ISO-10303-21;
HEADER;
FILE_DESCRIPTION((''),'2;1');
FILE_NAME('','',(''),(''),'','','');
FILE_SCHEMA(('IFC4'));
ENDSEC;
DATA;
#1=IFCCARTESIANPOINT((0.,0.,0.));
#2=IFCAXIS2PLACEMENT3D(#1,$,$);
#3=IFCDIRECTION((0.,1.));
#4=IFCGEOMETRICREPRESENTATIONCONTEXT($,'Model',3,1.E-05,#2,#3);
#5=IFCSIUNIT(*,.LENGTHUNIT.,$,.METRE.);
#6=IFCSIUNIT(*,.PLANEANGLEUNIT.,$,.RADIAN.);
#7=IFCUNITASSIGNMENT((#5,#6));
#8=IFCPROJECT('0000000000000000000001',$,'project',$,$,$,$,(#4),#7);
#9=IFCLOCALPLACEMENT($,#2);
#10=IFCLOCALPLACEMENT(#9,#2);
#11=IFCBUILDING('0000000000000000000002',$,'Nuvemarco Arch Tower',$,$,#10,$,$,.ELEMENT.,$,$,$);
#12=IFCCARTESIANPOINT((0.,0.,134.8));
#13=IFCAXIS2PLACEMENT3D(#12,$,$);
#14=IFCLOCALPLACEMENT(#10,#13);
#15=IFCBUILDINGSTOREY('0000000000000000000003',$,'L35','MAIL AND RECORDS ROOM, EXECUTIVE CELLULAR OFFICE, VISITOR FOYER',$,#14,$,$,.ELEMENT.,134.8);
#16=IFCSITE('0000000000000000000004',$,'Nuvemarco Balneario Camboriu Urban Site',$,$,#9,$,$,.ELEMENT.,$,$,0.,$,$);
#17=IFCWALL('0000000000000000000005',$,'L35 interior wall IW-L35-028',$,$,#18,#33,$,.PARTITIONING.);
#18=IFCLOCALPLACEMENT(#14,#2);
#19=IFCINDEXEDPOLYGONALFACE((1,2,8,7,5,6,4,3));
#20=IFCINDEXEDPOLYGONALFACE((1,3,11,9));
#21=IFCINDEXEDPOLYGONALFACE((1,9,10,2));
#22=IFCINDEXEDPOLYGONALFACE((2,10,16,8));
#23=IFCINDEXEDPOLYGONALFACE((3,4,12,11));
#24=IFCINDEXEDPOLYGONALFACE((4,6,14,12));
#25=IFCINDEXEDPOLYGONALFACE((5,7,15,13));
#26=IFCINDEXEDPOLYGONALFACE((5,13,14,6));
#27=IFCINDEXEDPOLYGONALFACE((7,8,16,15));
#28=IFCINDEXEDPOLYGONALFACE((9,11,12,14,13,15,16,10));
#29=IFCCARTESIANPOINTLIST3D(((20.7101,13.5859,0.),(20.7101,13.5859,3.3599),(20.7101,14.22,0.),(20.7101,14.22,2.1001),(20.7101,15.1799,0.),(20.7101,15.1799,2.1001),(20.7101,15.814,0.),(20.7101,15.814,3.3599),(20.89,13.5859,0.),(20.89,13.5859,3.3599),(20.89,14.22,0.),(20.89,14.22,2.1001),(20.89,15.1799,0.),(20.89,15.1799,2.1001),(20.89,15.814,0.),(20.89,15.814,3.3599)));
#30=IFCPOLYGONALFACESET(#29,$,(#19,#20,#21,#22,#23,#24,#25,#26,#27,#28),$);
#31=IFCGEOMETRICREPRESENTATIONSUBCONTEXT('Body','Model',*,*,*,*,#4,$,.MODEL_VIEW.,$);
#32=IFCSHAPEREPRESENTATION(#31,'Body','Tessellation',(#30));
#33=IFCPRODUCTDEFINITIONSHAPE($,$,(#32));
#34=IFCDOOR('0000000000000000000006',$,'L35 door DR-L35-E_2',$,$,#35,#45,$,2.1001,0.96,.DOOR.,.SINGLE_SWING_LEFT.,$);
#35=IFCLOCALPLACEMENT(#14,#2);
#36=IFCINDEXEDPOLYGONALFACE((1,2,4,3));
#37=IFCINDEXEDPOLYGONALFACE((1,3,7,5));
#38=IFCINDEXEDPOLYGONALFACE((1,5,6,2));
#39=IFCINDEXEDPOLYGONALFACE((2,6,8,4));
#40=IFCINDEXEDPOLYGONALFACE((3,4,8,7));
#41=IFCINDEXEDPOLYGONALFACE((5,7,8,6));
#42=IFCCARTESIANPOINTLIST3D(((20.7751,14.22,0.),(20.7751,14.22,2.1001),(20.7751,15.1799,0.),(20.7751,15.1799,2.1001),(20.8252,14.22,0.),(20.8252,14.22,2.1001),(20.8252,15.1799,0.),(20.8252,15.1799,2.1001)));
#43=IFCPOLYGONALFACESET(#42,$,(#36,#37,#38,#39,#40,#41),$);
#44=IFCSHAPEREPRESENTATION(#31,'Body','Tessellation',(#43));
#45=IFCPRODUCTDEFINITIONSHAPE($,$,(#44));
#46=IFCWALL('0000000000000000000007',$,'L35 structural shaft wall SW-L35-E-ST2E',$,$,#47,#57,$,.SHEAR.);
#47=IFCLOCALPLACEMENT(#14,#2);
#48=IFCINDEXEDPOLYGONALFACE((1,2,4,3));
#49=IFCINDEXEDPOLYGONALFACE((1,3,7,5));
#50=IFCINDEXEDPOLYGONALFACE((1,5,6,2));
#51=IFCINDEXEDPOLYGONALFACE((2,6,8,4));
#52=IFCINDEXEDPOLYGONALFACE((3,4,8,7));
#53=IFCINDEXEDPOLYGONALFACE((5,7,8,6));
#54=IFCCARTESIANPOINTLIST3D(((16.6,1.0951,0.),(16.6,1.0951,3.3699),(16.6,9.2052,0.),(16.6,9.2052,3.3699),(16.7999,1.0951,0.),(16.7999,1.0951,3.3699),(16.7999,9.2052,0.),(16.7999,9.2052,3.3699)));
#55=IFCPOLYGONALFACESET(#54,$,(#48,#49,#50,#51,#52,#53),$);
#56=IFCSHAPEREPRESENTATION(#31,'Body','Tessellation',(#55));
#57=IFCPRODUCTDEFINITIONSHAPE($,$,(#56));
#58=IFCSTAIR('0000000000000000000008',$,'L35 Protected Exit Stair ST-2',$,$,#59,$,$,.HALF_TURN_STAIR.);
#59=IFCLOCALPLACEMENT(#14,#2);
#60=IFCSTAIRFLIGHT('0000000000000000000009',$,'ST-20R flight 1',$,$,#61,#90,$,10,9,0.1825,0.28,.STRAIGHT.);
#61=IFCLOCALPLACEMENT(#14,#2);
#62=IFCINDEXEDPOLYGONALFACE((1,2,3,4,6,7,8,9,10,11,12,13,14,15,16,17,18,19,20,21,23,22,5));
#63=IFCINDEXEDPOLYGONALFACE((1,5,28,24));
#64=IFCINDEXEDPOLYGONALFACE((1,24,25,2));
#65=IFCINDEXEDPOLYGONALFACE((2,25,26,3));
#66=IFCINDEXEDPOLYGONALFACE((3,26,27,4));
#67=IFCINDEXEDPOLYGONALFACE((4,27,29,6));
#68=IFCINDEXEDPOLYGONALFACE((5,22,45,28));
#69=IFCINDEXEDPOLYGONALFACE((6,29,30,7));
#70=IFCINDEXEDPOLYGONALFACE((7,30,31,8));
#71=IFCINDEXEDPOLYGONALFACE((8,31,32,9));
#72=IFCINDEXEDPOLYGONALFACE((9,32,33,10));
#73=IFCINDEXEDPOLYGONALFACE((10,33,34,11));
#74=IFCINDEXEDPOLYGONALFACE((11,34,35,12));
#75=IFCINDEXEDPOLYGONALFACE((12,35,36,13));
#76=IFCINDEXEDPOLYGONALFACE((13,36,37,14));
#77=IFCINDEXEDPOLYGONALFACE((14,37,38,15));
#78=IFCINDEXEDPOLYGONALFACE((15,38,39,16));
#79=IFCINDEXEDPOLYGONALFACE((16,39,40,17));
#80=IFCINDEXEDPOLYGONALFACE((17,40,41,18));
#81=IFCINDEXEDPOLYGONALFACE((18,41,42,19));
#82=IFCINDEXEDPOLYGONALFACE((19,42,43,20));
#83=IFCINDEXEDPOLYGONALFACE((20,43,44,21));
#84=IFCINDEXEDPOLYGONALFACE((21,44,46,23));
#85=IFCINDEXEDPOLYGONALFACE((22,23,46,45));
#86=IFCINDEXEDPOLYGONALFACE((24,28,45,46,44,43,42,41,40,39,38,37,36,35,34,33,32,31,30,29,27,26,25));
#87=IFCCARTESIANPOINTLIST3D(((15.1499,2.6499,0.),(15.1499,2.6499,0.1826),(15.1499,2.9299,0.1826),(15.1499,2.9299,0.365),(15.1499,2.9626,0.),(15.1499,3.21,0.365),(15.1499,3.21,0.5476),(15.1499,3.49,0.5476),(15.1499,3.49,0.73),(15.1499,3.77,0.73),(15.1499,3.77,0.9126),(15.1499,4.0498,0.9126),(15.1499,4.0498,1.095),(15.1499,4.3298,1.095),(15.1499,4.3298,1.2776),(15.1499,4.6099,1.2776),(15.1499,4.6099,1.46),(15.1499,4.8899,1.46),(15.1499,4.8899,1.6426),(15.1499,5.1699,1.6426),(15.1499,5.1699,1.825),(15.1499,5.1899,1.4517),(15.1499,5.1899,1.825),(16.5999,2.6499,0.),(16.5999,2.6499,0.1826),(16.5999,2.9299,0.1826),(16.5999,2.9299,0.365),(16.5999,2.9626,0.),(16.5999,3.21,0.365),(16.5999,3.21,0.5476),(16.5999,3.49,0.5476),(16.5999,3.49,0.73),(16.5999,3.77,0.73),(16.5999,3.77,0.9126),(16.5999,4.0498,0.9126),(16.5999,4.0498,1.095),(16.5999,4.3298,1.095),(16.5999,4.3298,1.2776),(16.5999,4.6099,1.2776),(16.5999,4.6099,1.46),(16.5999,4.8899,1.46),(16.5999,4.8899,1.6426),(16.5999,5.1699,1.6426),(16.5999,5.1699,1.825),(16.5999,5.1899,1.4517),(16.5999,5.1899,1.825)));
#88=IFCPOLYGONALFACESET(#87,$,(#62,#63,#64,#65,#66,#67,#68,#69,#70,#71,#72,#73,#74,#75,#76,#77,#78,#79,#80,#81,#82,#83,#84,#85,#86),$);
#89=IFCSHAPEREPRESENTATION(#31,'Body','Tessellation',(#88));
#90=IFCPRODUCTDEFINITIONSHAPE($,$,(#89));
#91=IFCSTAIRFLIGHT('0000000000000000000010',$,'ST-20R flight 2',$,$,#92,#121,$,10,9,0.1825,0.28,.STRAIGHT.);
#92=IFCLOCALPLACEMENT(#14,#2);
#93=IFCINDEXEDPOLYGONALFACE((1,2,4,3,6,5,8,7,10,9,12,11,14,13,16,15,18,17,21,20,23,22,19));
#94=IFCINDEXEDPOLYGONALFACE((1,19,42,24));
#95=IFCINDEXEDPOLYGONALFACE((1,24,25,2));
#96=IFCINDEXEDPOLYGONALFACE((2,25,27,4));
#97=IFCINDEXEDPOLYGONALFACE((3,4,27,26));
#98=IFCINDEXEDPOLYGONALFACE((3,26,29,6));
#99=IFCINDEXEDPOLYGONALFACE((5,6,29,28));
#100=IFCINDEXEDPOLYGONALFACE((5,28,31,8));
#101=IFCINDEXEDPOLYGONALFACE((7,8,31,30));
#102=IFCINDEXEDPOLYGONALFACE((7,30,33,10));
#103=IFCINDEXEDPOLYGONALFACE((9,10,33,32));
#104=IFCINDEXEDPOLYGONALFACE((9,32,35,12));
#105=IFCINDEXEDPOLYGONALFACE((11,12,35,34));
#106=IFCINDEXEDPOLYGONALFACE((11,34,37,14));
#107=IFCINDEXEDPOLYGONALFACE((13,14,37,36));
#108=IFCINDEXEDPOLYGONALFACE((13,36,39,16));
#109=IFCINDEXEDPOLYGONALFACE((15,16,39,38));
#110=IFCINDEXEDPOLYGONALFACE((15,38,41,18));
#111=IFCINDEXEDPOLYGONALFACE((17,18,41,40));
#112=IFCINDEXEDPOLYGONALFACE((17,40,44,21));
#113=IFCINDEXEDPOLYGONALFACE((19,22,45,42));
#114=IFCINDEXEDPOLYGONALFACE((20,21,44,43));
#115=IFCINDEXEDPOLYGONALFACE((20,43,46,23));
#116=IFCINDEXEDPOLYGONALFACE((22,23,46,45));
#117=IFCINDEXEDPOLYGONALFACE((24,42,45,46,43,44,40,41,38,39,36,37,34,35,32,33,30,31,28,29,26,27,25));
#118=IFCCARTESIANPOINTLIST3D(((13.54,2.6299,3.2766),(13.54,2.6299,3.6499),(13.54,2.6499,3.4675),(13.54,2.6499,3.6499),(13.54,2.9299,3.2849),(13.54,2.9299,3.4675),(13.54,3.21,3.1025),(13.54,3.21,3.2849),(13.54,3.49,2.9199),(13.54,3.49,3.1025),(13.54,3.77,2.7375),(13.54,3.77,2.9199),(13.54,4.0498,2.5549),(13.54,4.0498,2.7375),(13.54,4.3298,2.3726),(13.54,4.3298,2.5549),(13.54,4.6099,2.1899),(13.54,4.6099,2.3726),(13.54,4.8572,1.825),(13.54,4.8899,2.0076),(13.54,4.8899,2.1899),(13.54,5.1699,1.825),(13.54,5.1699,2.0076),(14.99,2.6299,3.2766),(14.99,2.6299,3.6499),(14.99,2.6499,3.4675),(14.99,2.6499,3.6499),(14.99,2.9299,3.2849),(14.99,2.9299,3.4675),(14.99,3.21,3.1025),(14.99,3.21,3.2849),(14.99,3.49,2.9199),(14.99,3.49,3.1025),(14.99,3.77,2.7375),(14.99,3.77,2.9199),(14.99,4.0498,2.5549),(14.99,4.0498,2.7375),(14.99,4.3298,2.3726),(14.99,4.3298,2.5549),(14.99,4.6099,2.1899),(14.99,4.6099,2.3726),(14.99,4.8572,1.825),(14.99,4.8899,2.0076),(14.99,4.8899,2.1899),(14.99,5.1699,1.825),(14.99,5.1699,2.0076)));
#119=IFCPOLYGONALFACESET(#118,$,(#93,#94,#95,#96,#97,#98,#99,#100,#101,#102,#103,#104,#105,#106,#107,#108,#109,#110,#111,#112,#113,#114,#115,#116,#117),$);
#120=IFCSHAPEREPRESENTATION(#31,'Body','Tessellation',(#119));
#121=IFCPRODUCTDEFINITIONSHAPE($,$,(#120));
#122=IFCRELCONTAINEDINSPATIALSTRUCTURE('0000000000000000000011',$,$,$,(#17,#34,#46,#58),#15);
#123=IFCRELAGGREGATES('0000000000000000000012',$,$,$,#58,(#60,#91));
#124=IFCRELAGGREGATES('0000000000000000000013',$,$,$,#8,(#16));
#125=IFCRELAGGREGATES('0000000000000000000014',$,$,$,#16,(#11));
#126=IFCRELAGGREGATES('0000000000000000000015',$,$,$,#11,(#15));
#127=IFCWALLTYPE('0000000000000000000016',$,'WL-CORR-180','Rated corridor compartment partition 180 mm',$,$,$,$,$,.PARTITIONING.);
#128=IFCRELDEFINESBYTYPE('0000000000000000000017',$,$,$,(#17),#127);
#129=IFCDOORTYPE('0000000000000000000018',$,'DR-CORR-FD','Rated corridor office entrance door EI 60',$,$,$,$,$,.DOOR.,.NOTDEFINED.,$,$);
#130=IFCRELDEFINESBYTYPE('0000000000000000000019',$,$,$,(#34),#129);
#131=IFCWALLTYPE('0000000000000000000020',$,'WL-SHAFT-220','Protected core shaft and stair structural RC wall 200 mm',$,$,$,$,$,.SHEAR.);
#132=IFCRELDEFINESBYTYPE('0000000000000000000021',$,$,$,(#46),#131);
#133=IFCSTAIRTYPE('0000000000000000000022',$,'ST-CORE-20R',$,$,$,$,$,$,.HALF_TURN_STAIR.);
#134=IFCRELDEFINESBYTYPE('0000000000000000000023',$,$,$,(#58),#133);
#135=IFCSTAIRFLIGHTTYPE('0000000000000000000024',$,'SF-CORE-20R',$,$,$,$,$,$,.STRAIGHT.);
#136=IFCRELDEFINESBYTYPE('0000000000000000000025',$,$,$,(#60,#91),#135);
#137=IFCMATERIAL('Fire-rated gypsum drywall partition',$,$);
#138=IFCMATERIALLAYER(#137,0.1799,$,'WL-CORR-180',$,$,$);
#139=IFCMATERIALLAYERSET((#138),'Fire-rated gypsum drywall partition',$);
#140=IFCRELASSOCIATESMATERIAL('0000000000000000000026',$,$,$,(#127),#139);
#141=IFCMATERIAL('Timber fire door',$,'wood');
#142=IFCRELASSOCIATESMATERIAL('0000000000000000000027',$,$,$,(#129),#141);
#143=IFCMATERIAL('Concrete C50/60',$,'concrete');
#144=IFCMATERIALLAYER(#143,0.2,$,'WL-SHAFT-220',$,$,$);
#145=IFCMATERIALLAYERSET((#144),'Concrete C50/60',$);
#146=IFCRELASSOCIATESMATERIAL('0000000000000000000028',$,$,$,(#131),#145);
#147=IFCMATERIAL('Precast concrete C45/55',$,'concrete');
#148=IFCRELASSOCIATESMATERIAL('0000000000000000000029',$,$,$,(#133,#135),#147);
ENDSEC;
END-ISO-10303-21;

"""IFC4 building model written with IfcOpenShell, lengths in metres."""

from ifc_helpers import new_model, si_unit, direction, frame, frame_2d, origin, place, context, subcontext, project, spatial, polyline, rectangle, outline, extrude, source, transform, mapped, material, layer, layer_set, type_object, type_shapes, element, fill, aggregate, save


model = new_model("IFC4")

# Units and contexts
model_context = context("Model", 3, precision=1e-05, world=origin(), true_north=direction((0.0, 1.0)))
body_context = subcontext(model_context, "Body", "Model", "MODEL_VIEW")
ifc_project = project(units=[si_unit("LENGTHUNIT", "METRE"), si_unit("PLANEANGLEUNIT", "RADIAN")], contexts=[model_context])

# Site, building, storey
site_placement = place(None, origin())
site = spatial("IfcSite", under=ifc_project, at=site_placement, Name="Nuvemarco Balneario Camboriu Urban Site", CompositionType="ELEMENT", RefElevation=0.0)
building_placement = place(site_placement, origin())
building = spatial("IfcBuilding", under=site, at=building_placement, Name="Nuvemarco Arch Tower", CompositionType="ELEMENT")
storey_placement = place(building_placement, frame((0.0, 0.0, 134.8)))
storey = spatial("IfcBuildingStorey", under=building, at=storey_placement, Name="L35", Description="MAIL AND RECORDS ROOM, EXECUTIVE CELLULAR OFFICE, VISITOR FOYER", CompositionType="ELEMENT", Elevation=134.8)

# Shared definitions
ifc_material_1 = material(Name="Concrete C50/60", Category="concrete")

# Shared definitions
ifc_material_2 = material(Name="Precast concrete C45/55", Category="concrete")

# Shared definitions
ifc_material_3 = material(Name="Fire-rated gypsum drywall partition")
ifc_layer_1 = layer(ifc_material_3, 0.1799, Name="WL-CORR-180")
ifc_layer_set_1 = layer_set([ifc_layer_1], Name="Fire-rated gypsum drywall partition")
wall_type_1 = type_object("IfcWallType", Name="WL-CORR-180", Description="Rated corridor compartment partition 180 mm", PredefinedType="PARTITIONING", material=ifc_layer_set_1)

# Wall, opening, door
wall_1_placement = place(storey_placement, frame((20.8, 13.5859, 0.0), z_axis=(0.0, 0.0, 1.0), x_axis=(0.0, 1.0, 0.0)))
wall_1 = element("IfcWall", 1, at=wall_1_placement, inside=storey, type_object=wall_type_1, Name="L35 interior wall IW-L35-028", PredefinedType="PARTITIONING", context=body_context, shape_type="SweptSolid", body=[
    extrude(rectangle(XDim=2.228, YDim=0.1799, at=frame_2d((1.114, 0.0))), origin(), (0.0, 0.0, 1.0), 3.3599),
])
opening_placement = place(wall_1_placement, frame((0.634, 0.0, 0.0)))
opening = element("IfcOpeningElement", 2, at=opening_placement, cuts=wall_1, PredefinedType="OPENING", context=body_context, shape_type="SweptSolid", body=[
    extrude(rectangle(XDim=0.96, YDim=2.1001, at=frame_2d((0.48, 1.05))), frame((0.0, 0.0999, 0.0), z_axis=(0.0, -1.0, 0.0), x_axis=(1.0, 0.0, 0.0)), (0.0, 0.0, 1.0), 0.2),
])
ifc_material_4 = material(Name="Timber fire door", Category="wood")
door_type = type_object("IfcDoorType", Name="DR-CORR-FD", Description="Rated corridor office entrance door EI 60", OperationType="NOTDEFINED", PredefinedType="DOOR", material=ifc_material_4)
shared_shape_1 = source(origin(), body_context, "Body", "SweptSolid", [
    extrude(rectangle(XDim=0.96, YDim=2.1001, at=frame_2d((0.48, 1.05))), frame((0.0, 0.0249, 0.0), z_axis=(0.0, -1.0, 0.0), x_axis=(1.0, 0.0, 0.0)), (0.0, 0.0, 1.0), 0.05),
])
type_shapes(door_type, [shared_shape_1])
door_placement = place(opening_placement, origin())
door = element("IfcDoor", 3, at=door_placement, inside=storey, type_object=door_type, Name="L35 door DR-L35-E_2", OperationType="SINGLE_SWING_LEFT", OverallHeight=2.1001, OverallWidth=0.96, PredefinedType="DOOR", context=body_context, shape_type="MappedRepresentation", body=[
    mapped(shared_shape_1, transform((0.0, 0.0, 0.0), scale=1.0)),
])
fill(opening, door)

# Wall
ifc_layer_2 = layer(ifc_material_1, 0.2, Name="WL-SHAFT-220")
ifc_layer_set_2 = layer_set([ifc_layer_2], Name="Concrete C50/60")
wall_type_2 = type_object("IfcWallType", Name="WL-SHAFT-220", Description="Protected core shaft and stair structural RC wall 200 mm", PredefinedType="SHEAR", material=ifc_layer_set_2)
wall_2_placement = place(storey_placement, frame((16.7, 1.095, 0.0), z_axis=(0.0, 0.0, 1.0), x_axis=(0.0, 1.0, 0.0)))
element("IfcWall", 4, at=wall_2_placement, inside=storey, type_object=wall_type_2, Name="L35 structural shaft wall SW-L35-E-ST2E", PredefinedType="SHEAR", context=body_context, shape_type="SweptSolid", body=[
    extrude(rectangle(XDim=8.1101, YDim=0.2, at=frame_2d((4.0552, 0.0))), origin(), (0.0, 0.0, 1.0), 3.3699),
])

# Stair, stair flights
stair_type = type_object("IfcStairType", Name="ST-CORE-20R", PredefinedType="HALF_TURN_STAIR", material=ifc_material_2)
stair_placement = place(storey_placement, origin())
stair = element("IfcStair", 5, at=stair_placement, inside=storey, type_object=stair_type, Name="L35 Protected Exit Stair ST-2", PredefinedType="HALF_TURN_STAIR")
stair_flight_type = type_object("IfcStairFlightType", Name="SF-CORE-20R", PredefinedType="STRAIGHT", material=ifc_material_2)
stair_flight_1_placement = place(storey_placement, frame((15.875, 2.6499, 0.0), z_axis=(0.0, 0.0, 1.0), x_axis=(0.0, 1.0, 0.0)))
stair_flight_1 = element("IfcStairFlight", 6, at=stair_flight_1_placement, type_object=stair_flight_type, Name="ST-20R flight 1", NumberOfRisers=10, NumberOfTreads=9, PredefinedType="STRAIGHT", RiserHeight=0.1825, TreadLength=0.28, context=body_context, shape_type="SweptSolid", body=[
    extrude(outline(polyline([(0.0, 0.0), (0.0, 0.1826), (0.28, 0.1826), (0.28, 0.365), (0.5601, 0.365), (0.5601, 0.5476), (0.8401, 0.5476), (0.8401, 0.73), (1.1201, 0.73), (1.1201, 0.9126), (1.3999, 0.9126), (1.3999, 1.095), (1.6799, 1.095), (1.6799, 1.2776), (1.96, 1.2776), (1.96, 1.46), (2.24, 1.46), (2.24, 1.6426), (2.52, 1.6426), (2.52, 1.825), (2.54, 1.825), (2.54, 1.4517), (0.3127, 0.0), (0.0, 0.0)])), frame((0.0, 0.7251, 0.0), z_axis=(0.0, -1.0, 0.0), x_axis=(1.0, 0.0, 0.0)), (0.0, 0.0, 1.0), 1.45),
])
stair_flight_2_placement = place(storey_placement, frame((14.2649, 5.1699, 1.825), z_axis=(0.0, 0.0, 1.0), x_axis=(0.0, -1.0, 0.0)))
stair_flight_2 = element("IfcStairFlight", 7, at=stair_flight_2_placement, type_object=stair_flight_type, Name="ST-20R flight 2", NumberOfRisers=10, NumberOfTreads=9, PredefinedType="STRAIGHT", RiserHeight=0.1825, TreadLength=0.28, context=body_context, shape_type="SweptSolid", body=[
    extrude(outline(polyline([(0.0, 0.0), (0.0, 0.1826), (0.28, 0.1826), (0.28, 0.365), (0.5601, 0.365), (0.5601, 0.5476), (0.8401, 0.5476), (0.8401, 0.73), (1.1201, 0.73), (1.1201, 0.9126), (1.3999, 0.9126), (1.3999, 1.095), (1.6799, 1.095), (1.6799, 1.2776), (1.96, 1.2776), (1.96, 1.46), (2.24, 1.46), (2.24, 1.6426), (2.52, 1.6426), (2.52, 1.825), (2.54, 1.825), (2.54, 1.4517), (0.3127, 0.0), (0.0, 0.0)])), frame((0.0, 0.7251, 0.0), z_axis=(0.0, -1.0, 0.0), x_axis=(1.0, 0.0, 0.0)), (0.0, 0.0, 1.0), 1.45),
])
aggregate(stair, [stair_flight_1, stair_flight_2])

save(model, "model.ifc")
